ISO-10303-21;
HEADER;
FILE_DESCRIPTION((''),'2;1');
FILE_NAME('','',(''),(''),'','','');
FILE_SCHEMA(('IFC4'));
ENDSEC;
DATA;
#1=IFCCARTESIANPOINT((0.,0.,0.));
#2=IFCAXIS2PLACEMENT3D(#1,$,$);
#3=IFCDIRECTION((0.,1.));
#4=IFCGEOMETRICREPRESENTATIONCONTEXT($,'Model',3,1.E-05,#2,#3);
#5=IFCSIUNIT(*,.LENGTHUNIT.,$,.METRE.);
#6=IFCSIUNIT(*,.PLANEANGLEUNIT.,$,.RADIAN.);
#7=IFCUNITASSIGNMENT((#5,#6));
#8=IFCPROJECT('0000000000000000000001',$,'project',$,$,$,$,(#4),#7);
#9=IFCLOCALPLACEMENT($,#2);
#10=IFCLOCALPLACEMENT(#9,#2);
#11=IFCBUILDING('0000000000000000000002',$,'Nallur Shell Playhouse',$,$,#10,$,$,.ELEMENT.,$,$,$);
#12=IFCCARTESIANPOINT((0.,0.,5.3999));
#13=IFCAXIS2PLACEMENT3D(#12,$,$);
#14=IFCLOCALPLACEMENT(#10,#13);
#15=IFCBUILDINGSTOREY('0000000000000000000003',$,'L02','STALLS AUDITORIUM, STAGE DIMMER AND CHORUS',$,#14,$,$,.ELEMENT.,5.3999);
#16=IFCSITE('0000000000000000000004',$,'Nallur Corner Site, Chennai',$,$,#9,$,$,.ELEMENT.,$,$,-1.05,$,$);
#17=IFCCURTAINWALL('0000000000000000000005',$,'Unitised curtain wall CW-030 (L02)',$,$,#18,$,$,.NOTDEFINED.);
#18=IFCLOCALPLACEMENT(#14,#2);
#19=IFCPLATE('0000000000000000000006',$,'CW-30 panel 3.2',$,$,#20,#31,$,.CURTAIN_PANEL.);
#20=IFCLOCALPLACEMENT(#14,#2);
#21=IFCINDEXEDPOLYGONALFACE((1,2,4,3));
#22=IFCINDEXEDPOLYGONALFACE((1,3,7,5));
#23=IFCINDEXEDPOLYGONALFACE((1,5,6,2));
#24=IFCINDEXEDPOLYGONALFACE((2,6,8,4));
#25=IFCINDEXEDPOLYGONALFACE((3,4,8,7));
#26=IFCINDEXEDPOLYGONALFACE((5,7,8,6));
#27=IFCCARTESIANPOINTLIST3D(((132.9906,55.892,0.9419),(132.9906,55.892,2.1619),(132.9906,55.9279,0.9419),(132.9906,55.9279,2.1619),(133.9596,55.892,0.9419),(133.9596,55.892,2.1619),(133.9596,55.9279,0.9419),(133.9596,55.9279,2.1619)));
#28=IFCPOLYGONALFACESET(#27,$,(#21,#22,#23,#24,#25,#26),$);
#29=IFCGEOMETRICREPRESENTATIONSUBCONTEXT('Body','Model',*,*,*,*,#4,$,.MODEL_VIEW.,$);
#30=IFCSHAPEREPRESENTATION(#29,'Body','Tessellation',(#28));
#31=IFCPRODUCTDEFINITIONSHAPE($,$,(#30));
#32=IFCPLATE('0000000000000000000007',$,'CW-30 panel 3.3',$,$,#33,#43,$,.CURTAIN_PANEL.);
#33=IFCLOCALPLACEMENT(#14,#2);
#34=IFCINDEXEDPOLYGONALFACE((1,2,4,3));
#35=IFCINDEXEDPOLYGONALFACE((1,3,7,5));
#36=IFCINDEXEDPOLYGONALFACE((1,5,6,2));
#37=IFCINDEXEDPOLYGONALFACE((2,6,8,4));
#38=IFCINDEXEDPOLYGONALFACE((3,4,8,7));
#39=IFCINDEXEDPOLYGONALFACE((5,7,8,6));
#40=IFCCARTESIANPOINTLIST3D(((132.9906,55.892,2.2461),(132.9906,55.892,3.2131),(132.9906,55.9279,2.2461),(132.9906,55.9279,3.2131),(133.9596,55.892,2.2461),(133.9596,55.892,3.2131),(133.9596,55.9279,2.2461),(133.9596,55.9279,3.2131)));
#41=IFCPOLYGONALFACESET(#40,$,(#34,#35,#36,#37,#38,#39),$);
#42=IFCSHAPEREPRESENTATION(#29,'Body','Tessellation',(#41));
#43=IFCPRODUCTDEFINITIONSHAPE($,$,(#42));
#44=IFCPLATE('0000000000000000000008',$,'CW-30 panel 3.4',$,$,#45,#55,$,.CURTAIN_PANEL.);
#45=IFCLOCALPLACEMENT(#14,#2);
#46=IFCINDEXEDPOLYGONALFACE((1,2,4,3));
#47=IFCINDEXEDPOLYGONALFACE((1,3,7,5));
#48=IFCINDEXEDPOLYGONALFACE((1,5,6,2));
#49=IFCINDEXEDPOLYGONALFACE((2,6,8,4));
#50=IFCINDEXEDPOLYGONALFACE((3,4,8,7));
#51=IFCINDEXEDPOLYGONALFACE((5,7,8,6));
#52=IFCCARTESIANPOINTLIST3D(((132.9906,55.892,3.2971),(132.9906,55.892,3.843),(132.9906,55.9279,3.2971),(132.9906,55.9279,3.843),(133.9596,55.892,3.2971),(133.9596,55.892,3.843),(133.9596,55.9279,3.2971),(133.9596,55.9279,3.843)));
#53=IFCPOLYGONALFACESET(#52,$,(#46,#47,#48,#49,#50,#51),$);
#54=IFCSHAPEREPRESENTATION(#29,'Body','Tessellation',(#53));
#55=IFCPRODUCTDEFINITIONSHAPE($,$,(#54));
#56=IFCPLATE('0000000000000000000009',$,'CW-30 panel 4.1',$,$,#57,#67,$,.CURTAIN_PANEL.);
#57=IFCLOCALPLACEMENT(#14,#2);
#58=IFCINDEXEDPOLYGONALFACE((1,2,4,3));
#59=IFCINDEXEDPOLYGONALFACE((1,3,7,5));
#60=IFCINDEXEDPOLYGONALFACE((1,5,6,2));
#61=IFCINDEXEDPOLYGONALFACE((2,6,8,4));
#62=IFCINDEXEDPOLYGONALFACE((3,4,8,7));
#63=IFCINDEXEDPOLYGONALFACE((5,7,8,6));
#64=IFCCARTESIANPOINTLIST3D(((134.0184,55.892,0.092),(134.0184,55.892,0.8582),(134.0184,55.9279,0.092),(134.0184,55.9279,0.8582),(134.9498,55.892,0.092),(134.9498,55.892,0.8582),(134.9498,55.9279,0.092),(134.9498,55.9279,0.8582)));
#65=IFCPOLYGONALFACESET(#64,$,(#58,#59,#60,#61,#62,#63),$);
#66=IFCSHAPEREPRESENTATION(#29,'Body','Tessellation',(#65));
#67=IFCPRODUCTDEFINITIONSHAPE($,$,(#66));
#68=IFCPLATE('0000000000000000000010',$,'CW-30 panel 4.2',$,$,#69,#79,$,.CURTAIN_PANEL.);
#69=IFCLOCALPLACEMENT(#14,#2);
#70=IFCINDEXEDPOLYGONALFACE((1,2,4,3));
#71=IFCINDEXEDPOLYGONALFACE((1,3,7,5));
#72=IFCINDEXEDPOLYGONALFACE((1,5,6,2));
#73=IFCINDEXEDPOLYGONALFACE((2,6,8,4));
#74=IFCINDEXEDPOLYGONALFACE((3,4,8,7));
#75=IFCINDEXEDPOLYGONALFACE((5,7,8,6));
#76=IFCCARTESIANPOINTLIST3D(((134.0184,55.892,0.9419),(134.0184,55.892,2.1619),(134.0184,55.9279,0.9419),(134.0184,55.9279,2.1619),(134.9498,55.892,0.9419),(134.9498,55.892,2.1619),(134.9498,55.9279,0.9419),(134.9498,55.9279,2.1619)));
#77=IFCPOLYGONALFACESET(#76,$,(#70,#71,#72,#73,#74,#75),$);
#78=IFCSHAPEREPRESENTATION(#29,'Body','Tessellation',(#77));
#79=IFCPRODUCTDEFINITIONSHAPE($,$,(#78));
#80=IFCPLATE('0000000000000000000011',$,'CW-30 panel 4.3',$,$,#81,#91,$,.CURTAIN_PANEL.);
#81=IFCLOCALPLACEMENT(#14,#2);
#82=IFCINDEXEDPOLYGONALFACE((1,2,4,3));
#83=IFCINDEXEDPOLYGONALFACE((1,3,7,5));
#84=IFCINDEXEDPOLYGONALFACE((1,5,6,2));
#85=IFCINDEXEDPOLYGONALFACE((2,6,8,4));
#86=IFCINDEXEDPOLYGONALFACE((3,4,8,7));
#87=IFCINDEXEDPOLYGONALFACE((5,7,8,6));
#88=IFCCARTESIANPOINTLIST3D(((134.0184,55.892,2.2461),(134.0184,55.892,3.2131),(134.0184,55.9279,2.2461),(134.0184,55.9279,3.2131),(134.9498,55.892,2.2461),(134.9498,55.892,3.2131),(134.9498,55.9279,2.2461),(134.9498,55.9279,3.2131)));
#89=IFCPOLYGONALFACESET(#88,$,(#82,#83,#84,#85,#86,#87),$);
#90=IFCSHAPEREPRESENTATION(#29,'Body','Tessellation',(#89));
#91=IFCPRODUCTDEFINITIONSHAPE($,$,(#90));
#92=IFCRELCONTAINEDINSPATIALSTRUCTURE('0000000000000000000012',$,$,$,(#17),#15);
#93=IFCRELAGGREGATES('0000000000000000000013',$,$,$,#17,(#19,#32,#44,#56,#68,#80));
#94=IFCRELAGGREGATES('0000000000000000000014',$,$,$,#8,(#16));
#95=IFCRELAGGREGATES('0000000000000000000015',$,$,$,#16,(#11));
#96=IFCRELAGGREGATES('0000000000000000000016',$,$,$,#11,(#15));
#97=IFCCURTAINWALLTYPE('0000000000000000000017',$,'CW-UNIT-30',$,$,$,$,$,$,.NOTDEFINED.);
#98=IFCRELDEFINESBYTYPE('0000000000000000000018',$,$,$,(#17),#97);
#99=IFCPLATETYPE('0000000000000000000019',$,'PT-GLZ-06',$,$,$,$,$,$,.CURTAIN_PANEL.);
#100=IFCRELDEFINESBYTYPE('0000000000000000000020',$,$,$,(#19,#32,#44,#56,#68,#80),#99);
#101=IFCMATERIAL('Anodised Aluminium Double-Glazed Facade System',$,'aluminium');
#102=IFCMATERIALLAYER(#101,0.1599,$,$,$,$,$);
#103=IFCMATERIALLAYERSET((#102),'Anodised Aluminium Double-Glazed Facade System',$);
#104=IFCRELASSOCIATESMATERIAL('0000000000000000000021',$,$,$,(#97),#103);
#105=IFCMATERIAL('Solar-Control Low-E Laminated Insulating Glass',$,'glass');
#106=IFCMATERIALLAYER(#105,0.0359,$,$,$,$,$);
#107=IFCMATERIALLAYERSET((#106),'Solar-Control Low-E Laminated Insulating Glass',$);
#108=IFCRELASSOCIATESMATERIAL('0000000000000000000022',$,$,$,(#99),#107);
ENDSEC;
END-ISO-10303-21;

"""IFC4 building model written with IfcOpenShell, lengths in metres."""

from ifc_helpers import new_model, si_unit, direction, frame, origin, origin_2d, place, context, subcontext, project, spatial, rectangle, extrude, material, layer, layer_set, type_object, element, aggregate, save


model = new_model("IFC4")

# Units and contexts
model_context = context("Model", 3, precision=1e-05, world=origin(), true_north=direction((0.0, 1.0)))
body_context = subcontext(model_context, "Body", "Model", "MODEL_VIEW")
ifc_project = project(units=[si_unit("LENGTHUNIT", "METRE"), si_unit("PLANEANGLEUNIT", "RADIAN")], contexts=[model_context])

# Site, building, storey
site_placement = place(None, origin())
site = spatial("IfcSite", under=ifc_project, at=site_placement, Name="Nallur Corner Site, Chennai", CompositionType="ELEMENT", RefElevation=-1.05)
building_placement = place(site_placement, origin())
building = spatial("IfcBuilding", under=site, at=building_placement, Name="Nallur Shell Playhouse", CompositionType="ELEMENT")
storey_placement = place(building_placement, frame((0.0, 0.0, 5.3999)))
storey = spatial("IfcBuildingStorey", under=building, at=storey_placement, Name="L02", Description="STALLS AUDITORIUM, STAGE DIMMER AND CHORUS", CompositionType="ELEMENT", Elevation=5.3999)

# Shared definitions
ifc_material_1 = material(Name="Anodised Aluminium Double-Glazed Facade System", Category="aluminium")

# Curtain wall, plates
ifc_layer_1 = layer(ifc_material_1, 0.1599)
ifc_layer_set_1 = layer_set([ifc_layer_1], Name="Anodised Aluminium Double-Glazed Facade System")
curtain_wall_type_1 = type_object("IfcCurtainWallType", Name="CW-UNIT-30", PredefinedType="NOTDEFINED", material=ifc_layer_set_1)
curtain_wall_1_placement = place(storey_placement, origin())
curtain_wall_1 = element("IfcCurtainWall", 1, at=curtain_wall_1_placement, inside=storey, type_object=curtain_wall_type_1, Name="Unitised curtain wall CW-030 (L02)", PredefinedType="NOTDEFINED")
ifc_material_2 = material(Name="Solar-Control Low-E Laminated Insulating Glass", Category="glass")
ifc_layer_2 = layer(ifc_material_2, 0.0359)
ifc_layer_set_2 = layer_set([ifc_layer_2], Name="Solar-Control Low-E Laminated Insulating Glass")
plate_type = type_object("IfcPlateType", Name="PT-GLZ-06", PredefinedType="CURTAIN_PANEL", material=ifc_layer_set_2)
plate_1_placement = place(storey_placement, frame((133.4751, 55.9099, 0.9419), z_axis=(0.0, 0.0, 1.0), x_axis=(1.0, 0.0, 0.0)))
plate_1 = element("IfcPlate", 2, at=plate_1_placement, type_object=plate_type, Name="CW-30 panel 3.2", PredefinedType="CURTAIN_PANEL", context=body_context, shape_type="SweptSolid", body=[
    extrude(rectangle(XDim=0.969, YDim=0.0359, at=origin_2d()), origin(), (0.0, 0.0, 1.0), 1.22),
])
plate_2_placement = place(storey_placement, frame((133.4751, 55.9099, 2.2461), z_axis=(0.0, 0.0, 1.0), x_axis=(1.0, 0.0, 0.0)))
plate_2 = element("IfcPlate", 3, at=plate_2_placement, type_object=plate_type, Name="CW-30 panel 3.3", PredefinedType="CURTAIN_PANEL", context=body_context, shape_type="SweptSolid", body=[
    extrude(rectangle(XDim=0.969, YDim=0.0359, at=origin_2d()), origin(), (0.0, 0.0, 1.0), 0.967),
])
plate_3_placement = place(storey_placement, frame((133.4751, 55.9099, 3.2971), z_axis=(0.0, 0.0, 1.0), x_axis=(1.0, 0.0, 0.0)))
plate_3 = element("IfcPlate", 4, at=plate_3_placement, type_object=plate_type, Name="CW-30 panel 3.4", PredefinedType="CURTAIN_PANEL", context=body_context, shape_type="SweptSolid", body=[
    extrude(rectangle(XDim=0.969, YDim=0.0359, at=origin_2d()), origin(), (0.0, 0.0, 1.0), 0.5459),
])
plate_4_placement = place(storey_placement, frame((134.4841, 55.9099, 0.092), z_axis=(0.0, 0.0, 1.0), x_axis=(1.0, 0.0, 0.0)))
plate_4 = element("IfcPlate", 5, at=plate_4_placement, type_object=plate_type, Name="CW-30 panel 4.1", PredefinedType="CURTAIN_PANEL", context=body_context, shape_type="SweptSolid", body=[
    extrude(rectangle(XDim=0.9314, YDim=0.0359, at=origin_2d()), origin(), (0.0, 0.0, 1.0), 0.7661),
])
plate_5_placement = place(storey_placement, frame((134.4841, 55.9099, 0.9419), z_axis=(0.0, 0.0, 1.0), x_axis=(1.0, 0.0, 0.0)))
plate_5 = element("IfcPlate", 6, at=plate_5_placement, type_object=plate_type, Name="CW-30 panel 4.2", PredefinedType="CURTAIN_PANEL", context=body_context, shape_type="SweptSolid", body=[
    extrude(rectangle(XDim=0.9314, YDim=0.0359, at=origin_2d()), origin(), (0.0, 0.0, 1.0), 1.22),
])
plate_6_placement = place(storey_placement, frame((134.4841, 55.9099, 2.2461), z_axis=(0.0, 0.0, 1.0), x_axis=(1.0, 0.0, 0.0)))
plate_6 = element("IfcPlate", 7, at=plate_6_placement, type_object=plate_type, Name="CW-30 panel 4.3", PredefinedType="CURTAIN_PANEL", context=body_context, shape_type="SweptSolid", body=[
    extrude(rectangle(XDim=0.9314, YDim=0.0359, at=origin_2d()), origin(), (0.0, 0.0, 1.0), 0.967),
])
aggregate(curtain_wall_1, [plate_1, plate_2, plate_3, plate_4, plate_5, plate_6])

save(model, "model.ifc")
